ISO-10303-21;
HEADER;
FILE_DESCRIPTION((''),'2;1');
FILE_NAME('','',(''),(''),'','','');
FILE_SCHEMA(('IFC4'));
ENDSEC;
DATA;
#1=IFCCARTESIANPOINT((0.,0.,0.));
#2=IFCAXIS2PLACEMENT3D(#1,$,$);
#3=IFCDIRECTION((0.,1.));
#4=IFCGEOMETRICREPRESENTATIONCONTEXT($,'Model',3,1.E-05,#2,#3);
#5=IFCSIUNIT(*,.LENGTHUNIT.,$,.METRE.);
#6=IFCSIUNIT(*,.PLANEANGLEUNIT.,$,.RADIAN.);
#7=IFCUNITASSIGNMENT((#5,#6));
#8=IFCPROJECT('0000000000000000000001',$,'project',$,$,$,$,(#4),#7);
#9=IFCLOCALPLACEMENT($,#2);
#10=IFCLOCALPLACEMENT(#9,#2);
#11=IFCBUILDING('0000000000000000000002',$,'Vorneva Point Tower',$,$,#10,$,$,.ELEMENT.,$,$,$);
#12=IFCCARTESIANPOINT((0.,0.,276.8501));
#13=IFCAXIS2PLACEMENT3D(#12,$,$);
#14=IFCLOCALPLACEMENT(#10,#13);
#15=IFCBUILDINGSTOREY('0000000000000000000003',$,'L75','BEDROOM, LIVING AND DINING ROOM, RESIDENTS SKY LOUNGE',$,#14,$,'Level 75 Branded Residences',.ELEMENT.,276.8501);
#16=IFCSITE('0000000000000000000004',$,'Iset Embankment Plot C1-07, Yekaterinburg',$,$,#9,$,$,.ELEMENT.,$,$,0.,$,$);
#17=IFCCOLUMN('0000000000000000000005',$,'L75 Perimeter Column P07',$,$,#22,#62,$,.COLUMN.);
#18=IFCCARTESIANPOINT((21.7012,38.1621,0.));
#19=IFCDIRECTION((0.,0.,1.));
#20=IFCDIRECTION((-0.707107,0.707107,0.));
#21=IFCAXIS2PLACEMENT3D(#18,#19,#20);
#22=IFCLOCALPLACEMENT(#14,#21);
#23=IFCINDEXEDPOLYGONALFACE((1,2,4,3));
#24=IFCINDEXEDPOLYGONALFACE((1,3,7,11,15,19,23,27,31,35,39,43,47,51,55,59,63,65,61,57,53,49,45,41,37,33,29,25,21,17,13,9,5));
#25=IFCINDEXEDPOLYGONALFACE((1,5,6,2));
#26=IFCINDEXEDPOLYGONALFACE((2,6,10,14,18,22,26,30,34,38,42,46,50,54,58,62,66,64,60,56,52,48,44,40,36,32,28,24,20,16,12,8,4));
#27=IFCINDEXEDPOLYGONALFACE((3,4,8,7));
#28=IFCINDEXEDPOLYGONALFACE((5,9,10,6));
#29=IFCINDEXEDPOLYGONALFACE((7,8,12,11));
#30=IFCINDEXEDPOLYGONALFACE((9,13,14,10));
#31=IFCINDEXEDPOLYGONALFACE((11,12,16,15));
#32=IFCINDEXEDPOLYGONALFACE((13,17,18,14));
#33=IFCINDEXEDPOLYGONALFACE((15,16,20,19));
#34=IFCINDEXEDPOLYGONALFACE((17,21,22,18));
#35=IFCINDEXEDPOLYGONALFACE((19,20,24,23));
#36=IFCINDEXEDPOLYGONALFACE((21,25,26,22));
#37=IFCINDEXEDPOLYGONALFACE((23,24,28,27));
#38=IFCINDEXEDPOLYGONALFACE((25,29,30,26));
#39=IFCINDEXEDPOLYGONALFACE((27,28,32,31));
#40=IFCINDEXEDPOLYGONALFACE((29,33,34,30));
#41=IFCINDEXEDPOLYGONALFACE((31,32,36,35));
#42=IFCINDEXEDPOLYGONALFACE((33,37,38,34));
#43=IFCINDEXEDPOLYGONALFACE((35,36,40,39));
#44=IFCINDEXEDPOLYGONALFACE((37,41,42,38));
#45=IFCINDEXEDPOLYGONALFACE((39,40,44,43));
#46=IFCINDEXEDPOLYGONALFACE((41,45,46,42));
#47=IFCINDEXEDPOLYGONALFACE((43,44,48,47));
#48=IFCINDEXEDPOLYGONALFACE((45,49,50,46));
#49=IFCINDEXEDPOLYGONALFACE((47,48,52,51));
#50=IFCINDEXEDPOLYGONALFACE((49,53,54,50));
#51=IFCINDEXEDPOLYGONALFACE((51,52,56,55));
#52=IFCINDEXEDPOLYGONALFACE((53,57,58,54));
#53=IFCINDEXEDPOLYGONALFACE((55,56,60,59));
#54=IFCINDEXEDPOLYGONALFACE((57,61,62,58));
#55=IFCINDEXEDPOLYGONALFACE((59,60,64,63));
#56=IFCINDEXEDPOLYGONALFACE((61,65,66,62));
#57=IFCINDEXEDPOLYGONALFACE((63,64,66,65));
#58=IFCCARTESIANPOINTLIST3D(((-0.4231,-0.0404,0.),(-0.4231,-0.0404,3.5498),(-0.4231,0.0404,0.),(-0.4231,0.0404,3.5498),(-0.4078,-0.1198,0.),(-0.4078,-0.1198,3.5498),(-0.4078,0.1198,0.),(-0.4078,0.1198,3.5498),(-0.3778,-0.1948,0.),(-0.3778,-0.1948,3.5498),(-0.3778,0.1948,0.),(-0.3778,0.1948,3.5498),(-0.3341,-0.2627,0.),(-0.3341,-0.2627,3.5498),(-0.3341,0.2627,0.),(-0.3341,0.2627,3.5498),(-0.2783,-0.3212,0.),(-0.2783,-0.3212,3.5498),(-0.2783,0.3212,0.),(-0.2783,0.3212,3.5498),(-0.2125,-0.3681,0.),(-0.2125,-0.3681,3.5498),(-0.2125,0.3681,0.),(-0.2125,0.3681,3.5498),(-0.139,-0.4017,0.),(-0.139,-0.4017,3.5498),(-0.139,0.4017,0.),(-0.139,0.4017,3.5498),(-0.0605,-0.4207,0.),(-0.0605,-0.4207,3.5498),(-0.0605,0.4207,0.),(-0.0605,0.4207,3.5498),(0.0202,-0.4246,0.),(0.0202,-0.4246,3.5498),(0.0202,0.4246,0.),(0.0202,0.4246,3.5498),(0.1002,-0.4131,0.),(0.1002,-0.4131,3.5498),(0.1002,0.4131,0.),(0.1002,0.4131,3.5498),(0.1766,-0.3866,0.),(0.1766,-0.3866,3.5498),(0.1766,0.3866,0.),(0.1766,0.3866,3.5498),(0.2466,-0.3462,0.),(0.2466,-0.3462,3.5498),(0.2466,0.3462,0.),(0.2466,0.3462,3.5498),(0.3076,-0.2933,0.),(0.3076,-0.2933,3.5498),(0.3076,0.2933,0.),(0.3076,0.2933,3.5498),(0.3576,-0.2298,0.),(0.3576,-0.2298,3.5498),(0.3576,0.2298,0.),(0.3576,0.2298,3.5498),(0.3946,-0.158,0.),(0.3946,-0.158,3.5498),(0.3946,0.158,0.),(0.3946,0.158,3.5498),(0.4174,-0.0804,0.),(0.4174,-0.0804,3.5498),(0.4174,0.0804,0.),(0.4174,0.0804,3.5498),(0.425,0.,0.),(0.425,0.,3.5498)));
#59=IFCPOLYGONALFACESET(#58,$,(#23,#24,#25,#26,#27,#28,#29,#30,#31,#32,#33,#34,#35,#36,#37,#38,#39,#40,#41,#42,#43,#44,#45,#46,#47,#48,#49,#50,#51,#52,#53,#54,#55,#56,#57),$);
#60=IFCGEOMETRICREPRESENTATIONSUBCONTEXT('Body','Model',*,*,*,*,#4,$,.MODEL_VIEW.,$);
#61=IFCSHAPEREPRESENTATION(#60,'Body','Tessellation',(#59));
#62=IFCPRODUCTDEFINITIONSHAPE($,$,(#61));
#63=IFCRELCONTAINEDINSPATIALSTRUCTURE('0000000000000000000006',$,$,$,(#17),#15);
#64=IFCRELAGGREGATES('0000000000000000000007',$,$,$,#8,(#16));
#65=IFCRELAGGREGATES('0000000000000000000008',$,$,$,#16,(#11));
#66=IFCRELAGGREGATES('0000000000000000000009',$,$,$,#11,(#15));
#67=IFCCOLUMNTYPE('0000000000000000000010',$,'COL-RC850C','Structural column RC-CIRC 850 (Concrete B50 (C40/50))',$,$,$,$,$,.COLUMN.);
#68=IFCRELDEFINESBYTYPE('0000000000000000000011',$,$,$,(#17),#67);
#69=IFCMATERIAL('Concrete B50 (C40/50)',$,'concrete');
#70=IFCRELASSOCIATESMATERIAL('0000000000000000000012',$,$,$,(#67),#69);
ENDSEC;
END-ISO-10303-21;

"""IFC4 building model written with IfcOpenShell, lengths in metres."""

from ifc_helpers import new_model, si_unit, direction, frame, origin, origin_2d, place, context, subcontext, project, spatial, circle, extrude, material, material_profile, profile_set, type_object, element, save


model = new_model("IFC4")

# Units and contexts
model_context = context("Model", 3, precision=1e-05, world=origin(), true_north=direction((0.0, 1.0)))
body_context = subcontext(model_context, "Body", "Model", "MODEL_VIEW")
ifc_project = project(units=[si_unit("LENGTHUNIT", "METRE"), si_unit("PLANEANGLEUNIT", "RADIAN")], contexts=[model_context])

# Site, building, storey
site_placement = place(None, origin())
site = spatial("IfcSite", under=ifc_project, at=site_placement, Name="Iset Embankment Plot C1-07, Yekaterinburg", CompositionType="ELEMENT", RefElevation=0.0)
building_placement = place(site_placement, origin())
building = spatial("IfcBuilding", under=site, at=building_placement, Name="Vorneva Point Tower", CompositionType="ELEMENT")
storey_placement = place(building_placement, frame((0.0, 0.0, 276.8501)))
storey = spatial("IfcBuildingStorey", under=building, at=storey_placement, Name="L75", Description="BEDROOM, LIVING AND DINING ROOM, RESIDENTS SKY LOUNGE", LongName="Level 75 Branded Residences", CompositionType="ELEMENT", Elevation=276.8501)

# Column
ifc_material_1 = material(Name="Concrete B50 (C40/50)", Category="concrete")
ifc_material_profile_1 = material_profile(ifc_material_1, circle(Radius=0.425, at=origin_2d()), Name="RC-CIRC 850")
ifc_profile_set_1 = profile_set([ifc_material_profile_1], Name="Concrete B50 (C40/50)")
column_type = type_object("IfcColumnType", Name="COL-RC850C", Description="Structural column RC-CIRC 850 (Concrete B50 (C40/50))", PredefinedType="COLUMN", material=ifc_profile_set_1)
for number, where, z_axis, x_axis, name in (
    (1, (21.7012, 38.1621, 0.0), (0.0, 0.0, 1.0), (-0.707107, 0.707107, 0.0), "L75 Perimeter Column P07"),
):
    element("IfcColumn", number, at=place(storey_placement, frame(where, z_axis=z_axis, x_axis=x_axis)), inside=storey, type_object=column_type, Name=name, PredefinedType="COLUMN", context=body_context, shape_type="SweptSolid", body=[
        extrude(circle(Radius=0.425, at=origin_2d()), origin(), (0.0, 0.0, 1.0), 3.5498),
    ])

save(model, "model.ifc")
